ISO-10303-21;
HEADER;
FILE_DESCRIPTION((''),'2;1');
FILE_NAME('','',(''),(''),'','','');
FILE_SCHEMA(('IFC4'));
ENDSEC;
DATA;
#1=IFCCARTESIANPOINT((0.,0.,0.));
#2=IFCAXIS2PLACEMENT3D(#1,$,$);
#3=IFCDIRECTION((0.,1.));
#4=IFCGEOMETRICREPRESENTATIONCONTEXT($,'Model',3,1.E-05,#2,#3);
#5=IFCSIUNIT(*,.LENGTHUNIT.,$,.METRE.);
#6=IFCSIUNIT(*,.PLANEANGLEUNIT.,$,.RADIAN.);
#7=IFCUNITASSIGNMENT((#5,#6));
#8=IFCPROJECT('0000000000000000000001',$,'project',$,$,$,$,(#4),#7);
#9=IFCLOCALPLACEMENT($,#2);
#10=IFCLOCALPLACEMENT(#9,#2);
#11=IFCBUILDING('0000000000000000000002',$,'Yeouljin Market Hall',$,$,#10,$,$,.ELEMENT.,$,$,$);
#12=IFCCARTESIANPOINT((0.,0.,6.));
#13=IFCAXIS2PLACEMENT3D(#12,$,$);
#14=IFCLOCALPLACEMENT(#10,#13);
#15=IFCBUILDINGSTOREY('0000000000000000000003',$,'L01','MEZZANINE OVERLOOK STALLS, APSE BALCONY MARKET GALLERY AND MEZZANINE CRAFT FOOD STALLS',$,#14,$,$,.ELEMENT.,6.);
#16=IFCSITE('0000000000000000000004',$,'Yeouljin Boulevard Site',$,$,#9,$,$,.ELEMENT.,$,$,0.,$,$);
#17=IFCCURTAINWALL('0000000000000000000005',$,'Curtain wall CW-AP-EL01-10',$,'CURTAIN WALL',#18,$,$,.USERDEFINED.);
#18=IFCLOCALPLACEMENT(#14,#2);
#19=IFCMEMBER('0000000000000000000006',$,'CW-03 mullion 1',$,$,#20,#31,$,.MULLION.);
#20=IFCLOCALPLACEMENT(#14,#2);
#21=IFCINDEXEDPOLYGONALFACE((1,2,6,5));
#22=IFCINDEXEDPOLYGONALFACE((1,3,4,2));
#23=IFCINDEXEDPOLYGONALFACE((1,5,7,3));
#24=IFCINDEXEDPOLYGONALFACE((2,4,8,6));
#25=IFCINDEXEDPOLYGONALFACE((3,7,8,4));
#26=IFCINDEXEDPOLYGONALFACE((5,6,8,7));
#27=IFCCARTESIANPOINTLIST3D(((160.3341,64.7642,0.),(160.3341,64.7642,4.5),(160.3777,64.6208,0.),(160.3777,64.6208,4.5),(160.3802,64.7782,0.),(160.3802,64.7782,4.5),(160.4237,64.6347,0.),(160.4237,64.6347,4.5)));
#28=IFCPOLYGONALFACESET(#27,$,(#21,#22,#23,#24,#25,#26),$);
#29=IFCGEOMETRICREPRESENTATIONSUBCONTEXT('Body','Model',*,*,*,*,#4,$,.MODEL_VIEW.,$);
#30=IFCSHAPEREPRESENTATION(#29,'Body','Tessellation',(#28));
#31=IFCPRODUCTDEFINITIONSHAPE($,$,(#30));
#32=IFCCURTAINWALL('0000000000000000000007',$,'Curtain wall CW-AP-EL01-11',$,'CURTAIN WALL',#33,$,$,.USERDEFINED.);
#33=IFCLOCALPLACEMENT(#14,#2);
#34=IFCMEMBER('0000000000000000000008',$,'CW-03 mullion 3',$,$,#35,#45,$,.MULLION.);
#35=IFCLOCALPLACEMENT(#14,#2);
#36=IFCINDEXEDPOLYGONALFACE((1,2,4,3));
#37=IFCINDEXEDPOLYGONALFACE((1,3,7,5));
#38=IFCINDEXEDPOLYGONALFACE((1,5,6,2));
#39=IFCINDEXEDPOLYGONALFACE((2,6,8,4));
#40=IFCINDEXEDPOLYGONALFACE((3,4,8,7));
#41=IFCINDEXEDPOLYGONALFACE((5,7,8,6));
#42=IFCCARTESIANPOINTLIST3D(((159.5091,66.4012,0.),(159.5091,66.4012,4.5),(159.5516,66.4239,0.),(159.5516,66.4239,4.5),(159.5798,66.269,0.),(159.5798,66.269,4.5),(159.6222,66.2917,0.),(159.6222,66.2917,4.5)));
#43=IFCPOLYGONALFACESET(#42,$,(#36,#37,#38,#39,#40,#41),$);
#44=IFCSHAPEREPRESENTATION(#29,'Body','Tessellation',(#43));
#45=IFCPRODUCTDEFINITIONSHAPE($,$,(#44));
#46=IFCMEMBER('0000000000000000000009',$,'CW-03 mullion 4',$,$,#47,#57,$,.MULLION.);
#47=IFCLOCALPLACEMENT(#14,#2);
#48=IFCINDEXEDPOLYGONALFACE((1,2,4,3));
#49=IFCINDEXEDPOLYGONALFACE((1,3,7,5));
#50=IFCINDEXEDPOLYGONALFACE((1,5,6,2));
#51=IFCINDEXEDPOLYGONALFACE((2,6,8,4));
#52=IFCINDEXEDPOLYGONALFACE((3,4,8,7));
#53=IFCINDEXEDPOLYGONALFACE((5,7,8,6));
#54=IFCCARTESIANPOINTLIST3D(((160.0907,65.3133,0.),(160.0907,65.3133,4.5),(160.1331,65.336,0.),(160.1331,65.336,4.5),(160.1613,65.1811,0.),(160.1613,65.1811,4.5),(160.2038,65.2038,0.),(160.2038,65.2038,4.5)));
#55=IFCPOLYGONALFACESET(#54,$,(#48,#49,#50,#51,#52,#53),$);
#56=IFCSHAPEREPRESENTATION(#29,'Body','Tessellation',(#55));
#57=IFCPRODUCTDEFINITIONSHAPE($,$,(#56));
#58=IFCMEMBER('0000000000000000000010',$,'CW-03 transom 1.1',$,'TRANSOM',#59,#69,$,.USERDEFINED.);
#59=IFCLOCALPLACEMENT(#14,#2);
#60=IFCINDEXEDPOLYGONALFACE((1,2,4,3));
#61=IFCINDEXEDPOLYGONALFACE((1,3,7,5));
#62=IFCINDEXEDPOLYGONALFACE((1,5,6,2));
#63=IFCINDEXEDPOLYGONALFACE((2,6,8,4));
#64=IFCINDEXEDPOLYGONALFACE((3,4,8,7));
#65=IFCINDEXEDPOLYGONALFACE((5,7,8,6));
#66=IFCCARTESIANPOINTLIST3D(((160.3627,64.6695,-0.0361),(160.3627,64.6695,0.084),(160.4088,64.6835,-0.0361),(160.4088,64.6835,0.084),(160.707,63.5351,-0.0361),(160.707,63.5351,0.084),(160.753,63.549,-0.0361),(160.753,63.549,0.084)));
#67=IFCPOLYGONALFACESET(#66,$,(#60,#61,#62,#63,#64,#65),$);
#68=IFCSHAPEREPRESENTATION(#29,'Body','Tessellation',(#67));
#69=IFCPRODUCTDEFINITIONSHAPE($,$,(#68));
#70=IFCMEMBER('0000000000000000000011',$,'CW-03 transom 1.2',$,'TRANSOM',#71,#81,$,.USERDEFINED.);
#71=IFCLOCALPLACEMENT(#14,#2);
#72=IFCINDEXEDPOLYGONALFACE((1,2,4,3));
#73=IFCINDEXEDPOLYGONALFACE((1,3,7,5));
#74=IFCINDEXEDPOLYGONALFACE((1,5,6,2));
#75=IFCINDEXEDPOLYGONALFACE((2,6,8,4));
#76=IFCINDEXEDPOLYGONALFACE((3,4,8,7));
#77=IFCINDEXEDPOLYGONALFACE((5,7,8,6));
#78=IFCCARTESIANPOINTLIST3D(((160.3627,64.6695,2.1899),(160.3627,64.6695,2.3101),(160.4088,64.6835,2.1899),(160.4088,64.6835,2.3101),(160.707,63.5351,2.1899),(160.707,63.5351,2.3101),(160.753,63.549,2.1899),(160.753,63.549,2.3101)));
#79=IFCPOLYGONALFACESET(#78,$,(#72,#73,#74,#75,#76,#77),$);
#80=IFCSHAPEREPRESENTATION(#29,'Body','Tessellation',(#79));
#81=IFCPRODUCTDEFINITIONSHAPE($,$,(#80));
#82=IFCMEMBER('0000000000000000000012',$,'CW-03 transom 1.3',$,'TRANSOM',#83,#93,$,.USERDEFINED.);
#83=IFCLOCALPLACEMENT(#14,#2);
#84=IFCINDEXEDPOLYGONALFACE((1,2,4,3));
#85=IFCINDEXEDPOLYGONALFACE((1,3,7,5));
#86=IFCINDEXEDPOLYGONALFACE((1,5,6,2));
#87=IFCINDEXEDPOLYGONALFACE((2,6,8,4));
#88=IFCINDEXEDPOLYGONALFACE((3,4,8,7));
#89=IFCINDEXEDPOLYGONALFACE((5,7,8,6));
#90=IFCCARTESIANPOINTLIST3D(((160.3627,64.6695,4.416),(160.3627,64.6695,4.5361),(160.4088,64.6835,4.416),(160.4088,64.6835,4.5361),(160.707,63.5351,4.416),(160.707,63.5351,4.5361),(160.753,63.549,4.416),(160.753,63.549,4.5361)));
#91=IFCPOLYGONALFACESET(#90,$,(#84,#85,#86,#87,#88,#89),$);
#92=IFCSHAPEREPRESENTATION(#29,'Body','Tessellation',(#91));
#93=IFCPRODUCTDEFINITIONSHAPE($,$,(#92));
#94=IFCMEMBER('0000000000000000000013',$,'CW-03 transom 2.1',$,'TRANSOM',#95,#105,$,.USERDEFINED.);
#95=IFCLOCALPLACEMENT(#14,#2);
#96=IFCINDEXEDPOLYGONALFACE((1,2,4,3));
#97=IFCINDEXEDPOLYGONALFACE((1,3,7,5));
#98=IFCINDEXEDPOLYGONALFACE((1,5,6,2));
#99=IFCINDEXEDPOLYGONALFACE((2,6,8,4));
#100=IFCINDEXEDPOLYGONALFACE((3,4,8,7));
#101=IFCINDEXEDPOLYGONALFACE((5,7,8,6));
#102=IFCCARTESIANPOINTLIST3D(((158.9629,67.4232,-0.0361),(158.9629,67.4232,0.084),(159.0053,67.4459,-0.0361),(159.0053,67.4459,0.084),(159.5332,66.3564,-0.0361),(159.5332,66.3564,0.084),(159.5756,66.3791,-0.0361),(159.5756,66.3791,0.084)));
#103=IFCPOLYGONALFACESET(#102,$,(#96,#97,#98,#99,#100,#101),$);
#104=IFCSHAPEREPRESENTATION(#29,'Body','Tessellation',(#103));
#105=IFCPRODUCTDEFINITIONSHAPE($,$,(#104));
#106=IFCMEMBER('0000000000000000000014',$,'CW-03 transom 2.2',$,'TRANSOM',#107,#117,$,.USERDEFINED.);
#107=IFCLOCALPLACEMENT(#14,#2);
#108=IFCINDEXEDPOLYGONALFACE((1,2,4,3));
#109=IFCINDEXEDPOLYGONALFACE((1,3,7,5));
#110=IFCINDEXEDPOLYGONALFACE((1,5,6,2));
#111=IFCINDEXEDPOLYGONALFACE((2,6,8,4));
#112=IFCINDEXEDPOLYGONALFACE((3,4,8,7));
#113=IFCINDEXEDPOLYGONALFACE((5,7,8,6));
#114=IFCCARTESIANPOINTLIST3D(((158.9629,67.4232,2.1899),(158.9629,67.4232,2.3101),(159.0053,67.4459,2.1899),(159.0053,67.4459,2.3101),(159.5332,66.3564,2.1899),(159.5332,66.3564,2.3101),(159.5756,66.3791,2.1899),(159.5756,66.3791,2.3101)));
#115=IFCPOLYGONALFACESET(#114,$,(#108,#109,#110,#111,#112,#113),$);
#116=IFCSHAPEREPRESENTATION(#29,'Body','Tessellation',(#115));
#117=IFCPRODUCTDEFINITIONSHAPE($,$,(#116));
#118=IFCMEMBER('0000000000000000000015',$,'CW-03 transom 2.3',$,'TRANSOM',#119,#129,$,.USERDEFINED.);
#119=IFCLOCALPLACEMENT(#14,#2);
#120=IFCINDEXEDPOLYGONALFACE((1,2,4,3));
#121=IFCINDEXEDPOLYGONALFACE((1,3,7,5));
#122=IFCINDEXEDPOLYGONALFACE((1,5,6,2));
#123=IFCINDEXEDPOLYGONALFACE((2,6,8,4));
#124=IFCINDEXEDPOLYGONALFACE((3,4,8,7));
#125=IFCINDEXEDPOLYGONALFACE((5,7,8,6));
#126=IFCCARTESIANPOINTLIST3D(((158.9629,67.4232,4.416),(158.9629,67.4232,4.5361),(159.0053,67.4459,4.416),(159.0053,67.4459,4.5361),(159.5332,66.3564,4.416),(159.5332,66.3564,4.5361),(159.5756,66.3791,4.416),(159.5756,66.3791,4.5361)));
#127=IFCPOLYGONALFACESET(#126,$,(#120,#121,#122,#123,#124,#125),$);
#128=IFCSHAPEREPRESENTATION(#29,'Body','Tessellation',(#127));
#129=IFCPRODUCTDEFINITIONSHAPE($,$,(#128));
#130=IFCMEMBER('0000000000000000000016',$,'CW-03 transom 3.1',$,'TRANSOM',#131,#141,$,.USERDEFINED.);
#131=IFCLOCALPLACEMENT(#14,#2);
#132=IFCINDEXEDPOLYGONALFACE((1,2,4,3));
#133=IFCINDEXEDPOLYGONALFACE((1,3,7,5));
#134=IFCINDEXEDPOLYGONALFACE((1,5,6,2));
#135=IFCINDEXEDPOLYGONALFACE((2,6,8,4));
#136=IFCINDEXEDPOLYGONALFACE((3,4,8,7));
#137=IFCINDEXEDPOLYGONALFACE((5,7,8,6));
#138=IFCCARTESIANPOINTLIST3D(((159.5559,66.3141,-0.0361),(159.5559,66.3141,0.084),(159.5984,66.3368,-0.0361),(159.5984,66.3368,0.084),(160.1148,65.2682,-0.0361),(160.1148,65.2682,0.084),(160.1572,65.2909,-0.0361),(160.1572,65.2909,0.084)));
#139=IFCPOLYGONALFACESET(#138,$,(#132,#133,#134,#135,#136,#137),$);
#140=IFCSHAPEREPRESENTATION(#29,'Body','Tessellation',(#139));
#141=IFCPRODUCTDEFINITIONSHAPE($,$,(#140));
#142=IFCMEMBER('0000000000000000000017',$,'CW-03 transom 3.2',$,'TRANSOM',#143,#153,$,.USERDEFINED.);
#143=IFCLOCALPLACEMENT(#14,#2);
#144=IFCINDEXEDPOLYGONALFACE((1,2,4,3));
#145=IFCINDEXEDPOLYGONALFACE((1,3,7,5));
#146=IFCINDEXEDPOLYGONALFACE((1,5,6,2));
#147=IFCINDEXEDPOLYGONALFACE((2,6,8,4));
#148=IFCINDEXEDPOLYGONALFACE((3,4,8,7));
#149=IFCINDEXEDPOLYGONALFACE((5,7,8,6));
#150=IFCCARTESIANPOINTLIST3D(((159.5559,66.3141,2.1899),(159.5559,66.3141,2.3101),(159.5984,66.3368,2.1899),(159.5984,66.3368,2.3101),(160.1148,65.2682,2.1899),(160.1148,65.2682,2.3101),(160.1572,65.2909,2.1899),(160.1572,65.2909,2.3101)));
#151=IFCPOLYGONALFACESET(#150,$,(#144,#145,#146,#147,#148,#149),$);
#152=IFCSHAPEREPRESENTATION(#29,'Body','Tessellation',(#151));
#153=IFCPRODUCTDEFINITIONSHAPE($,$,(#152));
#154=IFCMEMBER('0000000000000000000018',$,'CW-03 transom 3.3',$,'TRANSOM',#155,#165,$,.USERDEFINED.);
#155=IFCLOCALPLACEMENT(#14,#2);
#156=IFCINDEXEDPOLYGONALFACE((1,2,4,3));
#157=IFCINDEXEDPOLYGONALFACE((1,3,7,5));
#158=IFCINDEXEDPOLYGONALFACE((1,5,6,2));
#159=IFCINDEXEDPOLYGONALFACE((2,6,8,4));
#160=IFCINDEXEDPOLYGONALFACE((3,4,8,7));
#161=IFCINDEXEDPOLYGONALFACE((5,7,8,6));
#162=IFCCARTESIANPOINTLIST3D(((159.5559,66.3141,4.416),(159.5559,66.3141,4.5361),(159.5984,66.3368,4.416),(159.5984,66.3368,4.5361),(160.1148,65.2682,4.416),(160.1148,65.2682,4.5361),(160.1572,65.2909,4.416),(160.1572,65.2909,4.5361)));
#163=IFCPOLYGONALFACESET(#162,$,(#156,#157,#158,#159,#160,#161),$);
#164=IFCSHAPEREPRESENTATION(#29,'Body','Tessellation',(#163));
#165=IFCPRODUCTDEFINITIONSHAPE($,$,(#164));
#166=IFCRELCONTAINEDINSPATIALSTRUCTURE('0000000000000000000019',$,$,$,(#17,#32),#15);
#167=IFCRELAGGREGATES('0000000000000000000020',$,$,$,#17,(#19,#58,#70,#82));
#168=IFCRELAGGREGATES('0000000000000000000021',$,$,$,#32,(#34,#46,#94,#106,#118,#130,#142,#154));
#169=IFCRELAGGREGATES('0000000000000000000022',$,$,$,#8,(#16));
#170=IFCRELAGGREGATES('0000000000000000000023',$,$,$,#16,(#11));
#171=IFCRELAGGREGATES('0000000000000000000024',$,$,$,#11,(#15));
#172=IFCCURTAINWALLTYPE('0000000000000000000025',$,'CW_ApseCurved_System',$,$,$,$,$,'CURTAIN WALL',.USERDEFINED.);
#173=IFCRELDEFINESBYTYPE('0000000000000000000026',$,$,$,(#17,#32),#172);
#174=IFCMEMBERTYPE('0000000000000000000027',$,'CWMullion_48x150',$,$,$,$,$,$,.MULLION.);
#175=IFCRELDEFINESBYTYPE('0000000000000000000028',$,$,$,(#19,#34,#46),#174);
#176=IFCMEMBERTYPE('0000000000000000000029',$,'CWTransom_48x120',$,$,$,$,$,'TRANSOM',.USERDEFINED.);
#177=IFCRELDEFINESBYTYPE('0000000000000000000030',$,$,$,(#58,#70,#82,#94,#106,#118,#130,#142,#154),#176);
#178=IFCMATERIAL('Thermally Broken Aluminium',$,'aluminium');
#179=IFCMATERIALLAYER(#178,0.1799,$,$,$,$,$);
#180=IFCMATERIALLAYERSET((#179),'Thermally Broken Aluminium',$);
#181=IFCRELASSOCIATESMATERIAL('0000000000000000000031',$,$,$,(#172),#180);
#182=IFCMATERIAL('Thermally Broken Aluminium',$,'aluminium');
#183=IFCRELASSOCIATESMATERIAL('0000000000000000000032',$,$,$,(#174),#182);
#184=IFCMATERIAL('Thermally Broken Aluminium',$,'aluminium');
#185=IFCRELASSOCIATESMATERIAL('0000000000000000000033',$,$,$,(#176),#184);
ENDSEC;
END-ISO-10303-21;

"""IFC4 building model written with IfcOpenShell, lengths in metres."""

from ifc_helpers import new_model, si_unit, direction, frame, origin, origin_2d, place, context, subcontext, project, spatial, rectangle, extrude, material, layer, layer_set, material_profile, profile_set, type_object, element, aggregate, save


model = new_model("IFC4")

# Units and contexts
model_context = context("Model", 3, precision=1e-05, world=origin(), true_north=direction((0.0, 1.0)))
body_context = subcontext(model_context, "Body", "Model", "MODEL_VIEW")
ifc_project = project(units=[si_unit("LENGTHUNIT", "METRE"), si_unit("PLANEANGLEUNIT", "RADIAN")], contexts=[model_context])

# Site, building, storey
site_placement = place(None, origin())
site = spatial("IfcSite", under=ifc_project, at=site_placement, Name="Yeouljin Boulevard Site", CompositionType="ELEMENT", RefElevation=0.0)
building_placement = place(site_placement, origin())
building = spatial("IfcBuilding", under=site, at=building_placement, Name="Yeouljin Market Hall", CompositionType="ELEMENT")
storey_placement = place(building_placement, frame((0.0, 0.0, 6.0)))
storey = spatial("IfcBuildingStorey", under=building, at=storey_placement, Name="L01", Description="MEZZANINE OVERLOOK STALLS, APSE BALCONY MARKET GALLERY AND MEZZANINE CRAFT FOOD STALLS", CompositionType="ELEMENT", Elevation=6.0)

# Curtain wall, member
ifc_material_1 = material(Name="Thermally Broken Aluminium", Category="aluminium")
ifc_layer_1 = layer(ifc_material_1, 0.1799)
ifc_layer_set_1 = layer_set([ifc_layer_1], Name="Thermally Broken Aluminium")
curtain_wall_type = type_object("IfcCurtainWallType", Name="CW_ApseCurved_System", ElementType="CURTAIN WALL", PredefinedType="USERDEFINED", material=ifc_layer_set_1)
curtain_wall_1_placement = place(storey_placement, origin())
curtain_wall_1 = element("IfcCurtainWall", 1, at=curtain_wall_1_placement, inside=storey, type_object=curtain_wall_type, Name="Curtain wall CW-AP-EL01-10", ObjectType="CURTAIN WALL", PredefinedType="USERDEFINED")
ifc_material_2 = material(Name="Thermally Broken Aluminium", Category="aluminium")
ifc_material_profile_1 = material_profile(ifc_material_2, rectangle(XDim=0.0481, YDim=0.1499, at=origin_2d()), Name="CW-MULL-48x150")
ifc_profile_set_1 = profile_set([ifc_material_profile_1], Name="Thermally Broken Aluminium")
member_type_1 = type_object("IfcMemberType", Name="CWMullion_48x150", PredefinedType="MULLION", material=ifc_profile_set_1)
member_1_placement = place(storey_placement, frame((160.3789, 64.6995, 0.0), z_axis=(0.0, 0.0, 1.0), x_axis=(0.95694, 0.290286, 0.0)))
member_1 = element("IfcMember", 2, at=member_1_placement, type_object=member_type_1, Name="CW-03 mullion 1", PredefinedType="MULLION", context=body_context, shape_type="SweptSolid", body=[
    extrude(rectangle(XDim=0.0481, YDim=0.1499, at=origin_2d()), origin(), (0.0, 0.0, 1.0), 4.5),
])

# Curtain wall, members
curtain_wall_2_placement = place(storey_placement, origin())
curtain_wall_2 = element("IfcCurtainWall", 3, at=curtain_wall_2_placement, inside=storey, type_object=curtain_wall_type, Name="Curtain wall CW-AP-EL01-11", ObjectType="CURTAIN WALL", PredefinedType="USERDEFINED")
member_2_placement = place(storey_placement, frame((159.5657, 66.3464, 0.0), z_axis=(0.0, 0.0, 1.0), x_axis=(0.881931, 0.471378, 0.0)))
member_2 = element("IfcMember", 4, at=member_2_placement, type_object=member_type_1, Name="CW-03 mullion 3", PredefinedType="MULLION", context=body_context, shape_type="SweptSolid", body=[
    extrude(rectangle(XDim=0.0481, YDim=0.1499, at=origin_2d()), origin(), (0.0, 0.0, 1.0), 4.5),
])
member_3_placement = place(storey_placement, frame((160.1472, 65.2585, 0.0), z_axis=(0.0, 0.0, 1.0), x_axis=(0.881931, 0.471378, 0.0)))
member_3 = element("IfcMember", 5, at=member_3_placement, type_object=member_type_1, Name="CW-03 mullion 4", PredefinedType="MULLION", context=body_context, shape_type="SweptSolid", body=[
    extrude(rectangle(XDim=0.0481, YDim=0.1499, at=origin_2d()), origin(), (0.0, 0.0, 1.0), 4.5),
])

# Members
ifc_material_3 = material(Name="Thermally Broken Aluminium", Category="aluminium")
ifc_material_profile_2 = material_profile(ifc_material_3, rectangle(XDim=0.0481, YDim=0.1201, at=origin_2d()), Name="CW-TRAN-48x120")
ifc_profile_set_2 = profile_set([ifc_material_profile_2], Name="Thermally Broken Aluminium")
member_type_2 = type_object("IfcMemberType", Name="CWTransom_48x120", ElementType="TRANSOM", PredefinedType="USERDEFINED", material=ifc_profile_set_2)
member_4_placement = place(storey_placement, frame((160.3857, 64.6765, 0.0239), z_axis=(0.29035, -0.95692, 0.0), x_axis=(0.95692, 0.29035, 0.0)))
member_4 = element("IfcMember", 6, at=member_4_placement, type_object=member_type_2, Name="CW-03 transom 1.1", ObjectType="TRANSOM", PredefinedType="USERDEFINED", context=body_context, shape_type="SweptSolid", body=[
    extrude(rectangle(XDim=0.0481, YDim=0.1201, at=origin_2d()), origin(), (0.0, 0.0, 1.0), 1.1855),
])
member_5_placement = place(storey_placement, frame((160.3857, 64.6765, 2.25), z_axis=(0.29035, -0.95692, 0.0), x_axis=(0.95692, 0.29035, 0.0)))
member_5 = element("IfcMember", 7, at=member_5_placement, type_object=member_type_2, Name="CW-03 transom 1.2", ObjectType="TRANSOM", PredefinedType="USERDEFINED", context=body_context, shape_type="SweptSolid", body=[
    extrude(rectangle(XDim=0.0481, YDim=0.1201, at=origin_2d()), origin(), (0.0, 0.0, 1.0), 1.1855),
])
member_6_placement = place(storey_placement, frame((160.3857, 64.6765, 4.4761), z_axis=(0.29035, -0.95692, 0.0), x_axis=(0.95692, 0.29035, 0.0)))
member_6 = element("IfcMember", 8, at=member_6_placement, type_object=member_type_2, Name="CW-03 transom 1.3", ObjectType="TRANSOM", PredefinedType="USERDEFINED", context=body_context, shape_type="SweptSolid", body=[
    extrude(rectangle(XDim=0.0481, YDim=0.1201, at=origin_2d()), origin(), (0.0, 0.0, 1.0), 1.1855),
])
member_7_placement = place(storey_placement, frame((158.9841, 67.4346, 0.0239), z_axis=(0.471426, -0.881906, 0.0), x_axis=(0.881906, 0.471426, 0.0)))
member_7 = element("IfcMember", 9, at=member_7_placement, type_object=member_type_2, Name="CW-03 transom 2.1", ObjectType="TRANSOM", PredefinedType="USERDEFINED", context=body_context, shape_type="SweptSolid", body=[
    extrude(rectangle(XDim=0.0481, YDim=0.1201, at=origin_2d()), origin(), (0.0, 0.0, 1.0), 1.2097),
])
member_8_placement = place(storey_placement, frame((158.9841, 67.4346, 2.25), z_axis=(0.471426, -0.881906, 0.0), x_axis=(0.881906, 0.471426, 0.0)))
member_8 = element("IfcMember", 10, at=member_8_placement, type_object=member_type_2, Name="CW-03 transom 2.2", ObjectType="TRANSOM", PredefinedType="USERDEFINED", context=body_context, shape_type="SweptSolid", body=[
    extrude(rectangle(XDim=0.0481, YDim=0.1201, at=origin_2d()), origin(), (0.0, 0.0, 1.0), 1.2097),
])
member_9_placement = place(storey_placement, frame((158.9841, 67.4346, 4.4761), z_axis=(0.471426, -0.881906, 0.0), x_axis=(0.881906, 0.471426, 0.0)))
member_9 = element("IfcMember", 11, at=member_9_placement, type_object=member_type_2, Name="CW-03 transom 2.3", ObjectType="TRANSOM", PredefinedType="USERDEFINED", context=body_context, shape_type="SweptSolid", body=[
    extrude(rectangle(XDim=0.0481, YDim=0.1201, at=origin_2d()), origin(), (0.0, 0.0, 1.0), 1.2097),
])
member_10_placement = place(storey_placement, frame((159.5771, 66.3254, 0.0239), z_axis=(0.471261, -0.881994, 0.0), x_axis=(0.881994, 0.471261, 0.0)))
member_10 = element("IfcMember", 12, at=member_10_placement, type_object=member_type_2, Name="CW-03 transom 3.1", ObjectType="TRANSOM", PredefinedType="USERDEFINED", context=body_context, shape_type="SweptSolid", body=[
    extrude(rectangle(XDim=0.0481, YDim=0.1201, at=origin_2d()), origin(), (0.0, 0.0, 1.0), 1.1858),
])
member_11_placement = place(storey_placement, frame((159.5771, 66.3254, 2.25), z_axis=(0.471261, -0.881994, 0.0), x_axis=(0.881994, 0.471261, 0.0)))
member_11 = element("IfcMember", 13, at=member_11_placement, type_object=member_type_2, Name="CW-03 transom 3.2", ObjectType="TRANSOM", PredefinedType="USERDEFINED", context=body_context, shape_type="SweptSolid", body=[
    extrude(rectangle(XDim=0.0481, YDim=0.1201, at=origin_2d()), origin(), (0.0, 0.0, 1.0), 1.1858),
])
member_12_placement = place(storey_placement, frame((159.5771, 66.3254, 4.4761), z_axis=(0.471261, -0.881994, 0.0), x_axis=(0.881994, 0.471261, 0.0)))
member_12 = element("IfcMember", 14, at=member_12_placement, type_object=member_type_2, Name="CW-03 transom 3.3", ObjectType="TRANSOM", PredefinedType="USERDEFINED", context=body_context, shape_type="SweptSolid", body=[
    extrude(rectangle(XDim=0.0481, YDim=0.1201, at=origin_2d()), origin(), (0.0, 0.0, 1.0), 1.1858),
])

aggregate(curtain_wall_1, [member_1, member_4, member_5, member_6])
aggregate(curtain_wall_2, [member_2, member_3, member_7, member_8, member_9, member_10, member_11, member_12])

save(model, "model.ifc")
